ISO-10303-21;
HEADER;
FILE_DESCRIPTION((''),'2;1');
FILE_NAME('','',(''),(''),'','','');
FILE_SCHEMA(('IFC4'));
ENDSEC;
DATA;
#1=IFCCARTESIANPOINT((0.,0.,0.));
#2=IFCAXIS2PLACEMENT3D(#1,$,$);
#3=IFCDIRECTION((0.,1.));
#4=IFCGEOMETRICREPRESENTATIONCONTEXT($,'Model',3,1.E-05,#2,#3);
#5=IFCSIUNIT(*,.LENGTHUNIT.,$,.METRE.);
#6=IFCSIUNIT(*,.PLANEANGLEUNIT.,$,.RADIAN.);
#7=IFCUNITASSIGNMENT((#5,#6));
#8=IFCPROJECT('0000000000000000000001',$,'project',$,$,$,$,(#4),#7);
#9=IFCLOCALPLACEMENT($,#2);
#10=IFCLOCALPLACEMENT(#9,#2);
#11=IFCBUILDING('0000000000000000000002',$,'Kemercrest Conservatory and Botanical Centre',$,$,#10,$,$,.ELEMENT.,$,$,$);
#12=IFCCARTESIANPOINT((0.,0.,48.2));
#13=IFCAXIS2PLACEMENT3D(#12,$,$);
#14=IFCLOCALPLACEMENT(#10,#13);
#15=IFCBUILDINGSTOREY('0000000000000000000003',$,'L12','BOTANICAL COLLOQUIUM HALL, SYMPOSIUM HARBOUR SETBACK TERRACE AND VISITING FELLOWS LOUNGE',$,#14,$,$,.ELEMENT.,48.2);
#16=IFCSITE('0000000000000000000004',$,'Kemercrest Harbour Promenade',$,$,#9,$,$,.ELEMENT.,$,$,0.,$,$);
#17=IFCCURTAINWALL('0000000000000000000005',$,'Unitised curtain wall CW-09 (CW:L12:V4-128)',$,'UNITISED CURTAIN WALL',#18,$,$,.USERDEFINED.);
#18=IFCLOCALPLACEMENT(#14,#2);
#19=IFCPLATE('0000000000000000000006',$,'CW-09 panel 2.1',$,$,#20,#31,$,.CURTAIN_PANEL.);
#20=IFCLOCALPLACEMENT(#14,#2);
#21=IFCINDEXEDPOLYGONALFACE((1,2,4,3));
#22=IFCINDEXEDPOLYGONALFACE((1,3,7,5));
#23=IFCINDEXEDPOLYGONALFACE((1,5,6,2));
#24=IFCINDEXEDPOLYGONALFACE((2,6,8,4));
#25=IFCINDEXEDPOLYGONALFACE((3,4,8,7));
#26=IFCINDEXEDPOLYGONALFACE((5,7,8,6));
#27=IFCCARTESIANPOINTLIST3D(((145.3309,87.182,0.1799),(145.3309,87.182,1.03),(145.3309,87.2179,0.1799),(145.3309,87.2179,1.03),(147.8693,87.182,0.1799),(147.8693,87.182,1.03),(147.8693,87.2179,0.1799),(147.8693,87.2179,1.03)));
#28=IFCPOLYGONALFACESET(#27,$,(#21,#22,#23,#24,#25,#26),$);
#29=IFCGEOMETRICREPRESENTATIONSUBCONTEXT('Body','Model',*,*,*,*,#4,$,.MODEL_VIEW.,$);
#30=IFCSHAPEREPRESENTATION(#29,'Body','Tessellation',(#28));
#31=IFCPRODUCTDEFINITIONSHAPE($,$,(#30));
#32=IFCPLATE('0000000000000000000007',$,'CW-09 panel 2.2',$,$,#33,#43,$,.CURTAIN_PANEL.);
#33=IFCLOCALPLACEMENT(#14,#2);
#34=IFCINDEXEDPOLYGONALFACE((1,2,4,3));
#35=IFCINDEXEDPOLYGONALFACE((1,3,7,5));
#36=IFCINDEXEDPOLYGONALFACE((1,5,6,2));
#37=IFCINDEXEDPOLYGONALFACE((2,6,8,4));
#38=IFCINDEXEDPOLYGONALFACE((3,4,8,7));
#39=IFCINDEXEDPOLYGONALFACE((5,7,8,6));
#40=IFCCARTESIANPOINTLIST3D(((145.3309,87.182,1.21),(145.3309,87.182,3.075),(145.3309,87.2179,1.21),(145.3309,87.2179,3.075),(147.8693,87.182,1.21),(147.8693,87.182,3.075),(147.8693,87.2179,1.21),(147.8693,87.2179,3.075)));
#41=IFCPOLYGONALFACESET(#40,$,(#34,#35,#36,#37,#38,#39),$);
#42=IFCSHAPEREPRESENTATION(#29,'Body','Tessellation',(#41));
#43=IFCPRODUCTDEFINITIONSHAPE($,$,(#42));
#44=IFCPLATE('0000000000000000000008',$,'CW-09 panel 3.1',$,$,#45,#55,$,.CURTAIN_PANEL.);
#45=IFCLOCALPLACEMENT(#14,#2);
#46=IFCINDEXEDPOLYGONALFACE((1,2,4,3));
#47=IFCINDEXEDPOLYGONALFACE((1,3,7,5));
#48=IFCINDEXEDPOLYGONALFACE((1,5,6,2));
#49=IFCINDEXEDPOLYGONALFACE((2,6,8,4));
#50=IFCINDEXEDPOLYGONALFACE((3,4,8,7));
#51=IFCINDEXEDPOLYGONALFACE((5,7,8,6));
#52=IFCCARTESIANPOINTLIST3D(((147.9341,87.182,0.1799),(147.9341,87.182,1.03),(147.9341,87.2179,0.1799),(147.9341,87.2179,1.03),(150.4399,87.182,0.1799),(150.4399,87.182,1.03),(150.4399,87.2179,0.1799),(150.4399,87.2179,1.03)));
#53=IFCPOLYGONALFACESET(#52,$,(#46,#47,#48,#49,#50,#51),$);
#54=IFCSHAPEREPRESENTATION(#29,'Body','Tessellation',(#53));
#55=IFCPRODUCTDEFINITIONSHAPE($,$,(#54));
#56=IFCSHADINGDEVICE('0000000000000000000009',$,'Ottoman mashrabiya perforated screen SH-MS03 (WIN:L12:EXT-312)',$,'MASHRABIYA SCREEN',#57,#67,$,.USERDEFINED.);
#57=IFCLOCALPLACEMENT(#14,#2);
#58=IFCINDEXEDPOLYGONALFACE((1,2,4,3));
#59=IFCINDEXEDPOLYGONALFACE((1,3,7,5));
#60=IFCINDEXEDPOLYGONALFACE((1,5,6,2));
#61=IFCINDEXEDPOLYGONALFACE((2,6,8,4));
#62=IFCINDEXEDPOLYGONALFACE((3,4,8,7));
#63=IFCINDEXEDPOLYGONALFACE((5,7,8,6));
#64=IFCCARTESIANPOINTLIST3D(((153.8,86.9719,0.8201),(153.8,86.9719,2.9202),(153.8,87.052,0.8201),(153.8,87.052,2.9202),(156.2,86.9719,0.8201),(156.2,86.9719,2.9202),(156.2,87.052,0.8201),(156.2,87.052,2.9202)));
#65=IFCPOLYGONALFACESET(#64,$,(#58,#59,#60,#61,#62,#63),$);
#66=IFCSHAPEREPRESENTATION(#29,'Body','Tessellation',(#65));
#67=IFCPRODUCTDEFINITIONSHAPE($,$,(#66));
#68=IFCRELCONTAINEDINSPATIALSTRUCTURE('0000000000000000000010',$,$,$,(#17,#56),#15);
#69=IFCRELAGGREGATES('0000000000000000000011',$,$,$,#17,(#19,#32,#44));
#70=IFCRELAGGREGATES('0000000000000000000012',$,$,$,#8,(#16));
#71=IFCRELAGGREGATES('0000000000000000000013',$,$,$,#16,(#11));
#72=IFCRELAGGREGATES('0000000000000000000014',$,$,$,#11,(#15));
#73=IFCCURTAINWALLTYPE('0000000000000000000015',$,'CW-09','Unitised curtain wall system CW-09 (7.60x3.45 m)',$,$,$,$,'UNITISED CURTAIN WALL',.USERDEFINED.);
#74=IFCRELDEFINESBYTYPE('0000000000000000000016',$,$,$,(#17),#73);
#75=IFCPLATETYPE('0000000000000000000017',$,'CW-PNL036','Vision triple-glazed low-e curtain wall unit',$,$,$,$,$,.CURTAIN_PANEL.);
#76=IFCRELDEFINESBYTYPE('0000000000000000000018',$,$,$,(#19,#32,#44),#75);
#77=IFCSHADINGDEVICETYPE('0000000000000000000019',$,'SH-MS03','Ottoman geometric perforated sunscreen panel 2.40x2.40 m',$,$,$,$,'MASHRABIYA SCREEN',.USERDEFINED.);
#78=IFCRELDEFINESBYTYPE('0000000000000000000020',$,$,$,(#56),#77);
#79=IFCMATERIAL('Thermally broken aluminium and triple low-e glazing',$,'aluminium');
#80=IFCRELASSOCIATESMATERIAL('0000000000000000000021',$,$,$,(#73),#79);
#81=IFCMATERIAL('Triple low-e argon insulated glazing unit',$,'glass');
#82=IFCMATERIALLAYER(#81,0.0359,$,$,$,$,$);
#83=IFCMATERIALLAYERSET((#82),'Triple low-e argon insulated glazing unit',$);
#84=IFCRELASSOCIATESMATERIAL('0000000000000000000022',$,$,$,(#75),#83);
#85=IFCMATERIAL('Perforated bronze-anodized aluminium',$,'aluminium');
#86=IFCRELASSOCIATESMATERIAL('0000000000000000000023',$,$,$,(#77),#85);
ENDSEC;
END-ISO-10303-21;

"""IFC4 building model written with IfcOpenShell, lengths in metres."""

from ifc_helpers import new_model, si_unit, direction, frame, origin, origin_2d, place, context, subcontext, project, spatial, rectangle, extrude, material, layer, layer_set, type_object, element, aggregate, save


model = new_model("IFC4")

# Units and contexts
model_context = context("Model", 3, precision=1e-05, world=origin(), true_north=direction((0.0, 1.0)))
body_context = subcontext(model_context, "Body", "Model", "MODEL_VIEW")
ifc_project = project(units=[si_unit("LENGTHUNIT", "METRE"), si_unit("PLANEANGLEUNIT", "RADIAN")], contexts=[model_context])

# Site, building, storey
site_placement = place(None, origin())
site = spatial("IfcSite", under=ifc_project, at=site_placement, Name="Kemercrest Harbour Promenade", CompositionType="ELEMENT", RefElevation=0.0)
building_placement = place(site_placement, origin())
building = spatial("IfcBuilding", under=site, at=building_placement, Name="Kemercrest Conservatory and Botanical Centre", CompositionType="ELEMENT")
storey_placement = place(building_placement, frame((0.0, 0.0, 48.2)))
storey = spatial("IfcBuildingStorey", under=building, at=storey_placement, Name="L12", Description="BOTANICAL COLLOQUIUM HALL, SYMPOSIUM HARBOUR SETBACK TERRACE AND VISITING FELLOWS LOUNGE", CompositionType="ELEMENT", Elevation=48.2)

# Curtain wall, plates
ifc_material_1 = material(Name="Thermally broken aluminium and triple low-e glazing", Category="aluminium")
curtain_wall_type = type_object("IfcCurtainWallType", Name="CW-09", Description="Unitised curtain wall system CW-09 (7.60x3.45 m)", ElementType="UNITISED CURTAIN WALL", PredefinedType="USERDEFINED", material=ifc_material_1)
curtain_wall_placement = place(storey_placement, origin())
curtain_wall = element("IfcCurtainWall", 1, at=curtain_wall_placement, inside=storey, type_object=curtain_wall_type, Name="Unitised curtain wall CW-09 (CW:L12:V4-128)", ObjectType="UNITISED CURTAIN WALL", PredefinedType="USERDEFINED")
ifc_material_2 = material(Name="Triple low-e argon insulated glazing unit", Category="glass")
ifc_layer = layer(ifc_material_2, 0.0359)
ifc_layer_set = layer_set([ifc_layer], Name="Triple low-e argon insulated glazing unit")
plate_type = type_object("IfcPlateType", Name="CW-PNL036", Description="Vision triple-glazed low-e curtain wall unit", PredefinedType="CURTAIN_PANEL", material=ifc_layer_set)
plate_1_placement = place(storey_placement, frame((146.6001, 87.2, 0.1799), z_axis=(0.0, 0.0, 1.0), x_axis=(1.0, 0.0, 0.0)))
plate_1 = element("IfcPlate", 2, at=plate_1_placement, type_object=plate_type, Name="CW-09 panel 2.1", PredefinedType="CURTAIN_PANEL", context=body_context, shape_type="SweptSolid", body=[
    extrude(rectangle(XDim=2.5383, YDim=0.0359, at=origin_2d()), origin(), (0.0, 0.0, 1.0), 0.8501),
])
plate_2_placement = place(storey_placement, frame((146.6001, 87.2, 1.21), z_axis=(0.0, 0.0, 1.0), x_axis=(1.0, 0.0, 0.0)))
plate_2 = element("IfcPlate", 3, at=plate_2_placement, type_object=plate_type, Name="CW-09 panel 2.2", PredefinedType="CURTAIN_PANEL", context=body_context, shape_type="SweptSolid", body=[
    extrude(rectangle(XDim=2.5383, YDim=0.0359, at=origin_2d()), origin(), (0.0, 0.0, 1.0), 1.865),
])
plate_3_placement = place(storey_placement, frame((149.187, 87.2, 0.1799), z_axis=(0.0, 0.0, 1.0), x_axis=(1.0, 0.0, 0.0)))
plate_3 = element("IfcPlate", 4, at=plate_3_placement, type_object=plate_type, Name="CW-09 panel 3.1", PredefinedType="CURTAIN_PANEL", context=body_context, shape_type="SweptSolid", body=[
    extrude(rectangle(XDim=2.5059, YDim=0.0359, at=origin_2d()), origin(), (0.0, 0.0, 1.0), 0.8501),
])
aggregate(curtain_wall, [plate_1, plate_2, plate_3])

# Shading device
ifc_material_3 = material(Name="Perforated bronze-anodized aluminium", Category="aluminium")
shading_device_type = type_object("IfcShadingDeviceType", Name="SH-MS03", Description="Ottoman geometric perforated sunscreen panel 2.40x2.40 m", ElementType="MASHRABIYA SCREEN", PredefinedType="USERDEFINED", material=ifc_material_3)
shading_device_placement = place(storey_placement, frame((155.0, 87.012, 0.8201), z_axis=(0.0, 0.0, 1.0), x_axis=(1.0, 0.0, 0.0)))
element("IfcShadingDevice", 5, at=shading_device_placement, inside=storey, type_object=shading_device_type, Name="Ottoman mashrabiya perforated screen SH-MS03 (WIN:L12:EXT-312)", ObjectType="MASHRABIYA SCREEN", PredefinedType="USERDEFINED", context=body_context, shape_type="SweptSolid", body=[
    extrude(rectangle(XDim=2.3999, YDim=0.0801, at=origin_2d()), origin(), (0.0, 0.0, 1.0), 2.1001),
])

save(model, "model.ifc")
